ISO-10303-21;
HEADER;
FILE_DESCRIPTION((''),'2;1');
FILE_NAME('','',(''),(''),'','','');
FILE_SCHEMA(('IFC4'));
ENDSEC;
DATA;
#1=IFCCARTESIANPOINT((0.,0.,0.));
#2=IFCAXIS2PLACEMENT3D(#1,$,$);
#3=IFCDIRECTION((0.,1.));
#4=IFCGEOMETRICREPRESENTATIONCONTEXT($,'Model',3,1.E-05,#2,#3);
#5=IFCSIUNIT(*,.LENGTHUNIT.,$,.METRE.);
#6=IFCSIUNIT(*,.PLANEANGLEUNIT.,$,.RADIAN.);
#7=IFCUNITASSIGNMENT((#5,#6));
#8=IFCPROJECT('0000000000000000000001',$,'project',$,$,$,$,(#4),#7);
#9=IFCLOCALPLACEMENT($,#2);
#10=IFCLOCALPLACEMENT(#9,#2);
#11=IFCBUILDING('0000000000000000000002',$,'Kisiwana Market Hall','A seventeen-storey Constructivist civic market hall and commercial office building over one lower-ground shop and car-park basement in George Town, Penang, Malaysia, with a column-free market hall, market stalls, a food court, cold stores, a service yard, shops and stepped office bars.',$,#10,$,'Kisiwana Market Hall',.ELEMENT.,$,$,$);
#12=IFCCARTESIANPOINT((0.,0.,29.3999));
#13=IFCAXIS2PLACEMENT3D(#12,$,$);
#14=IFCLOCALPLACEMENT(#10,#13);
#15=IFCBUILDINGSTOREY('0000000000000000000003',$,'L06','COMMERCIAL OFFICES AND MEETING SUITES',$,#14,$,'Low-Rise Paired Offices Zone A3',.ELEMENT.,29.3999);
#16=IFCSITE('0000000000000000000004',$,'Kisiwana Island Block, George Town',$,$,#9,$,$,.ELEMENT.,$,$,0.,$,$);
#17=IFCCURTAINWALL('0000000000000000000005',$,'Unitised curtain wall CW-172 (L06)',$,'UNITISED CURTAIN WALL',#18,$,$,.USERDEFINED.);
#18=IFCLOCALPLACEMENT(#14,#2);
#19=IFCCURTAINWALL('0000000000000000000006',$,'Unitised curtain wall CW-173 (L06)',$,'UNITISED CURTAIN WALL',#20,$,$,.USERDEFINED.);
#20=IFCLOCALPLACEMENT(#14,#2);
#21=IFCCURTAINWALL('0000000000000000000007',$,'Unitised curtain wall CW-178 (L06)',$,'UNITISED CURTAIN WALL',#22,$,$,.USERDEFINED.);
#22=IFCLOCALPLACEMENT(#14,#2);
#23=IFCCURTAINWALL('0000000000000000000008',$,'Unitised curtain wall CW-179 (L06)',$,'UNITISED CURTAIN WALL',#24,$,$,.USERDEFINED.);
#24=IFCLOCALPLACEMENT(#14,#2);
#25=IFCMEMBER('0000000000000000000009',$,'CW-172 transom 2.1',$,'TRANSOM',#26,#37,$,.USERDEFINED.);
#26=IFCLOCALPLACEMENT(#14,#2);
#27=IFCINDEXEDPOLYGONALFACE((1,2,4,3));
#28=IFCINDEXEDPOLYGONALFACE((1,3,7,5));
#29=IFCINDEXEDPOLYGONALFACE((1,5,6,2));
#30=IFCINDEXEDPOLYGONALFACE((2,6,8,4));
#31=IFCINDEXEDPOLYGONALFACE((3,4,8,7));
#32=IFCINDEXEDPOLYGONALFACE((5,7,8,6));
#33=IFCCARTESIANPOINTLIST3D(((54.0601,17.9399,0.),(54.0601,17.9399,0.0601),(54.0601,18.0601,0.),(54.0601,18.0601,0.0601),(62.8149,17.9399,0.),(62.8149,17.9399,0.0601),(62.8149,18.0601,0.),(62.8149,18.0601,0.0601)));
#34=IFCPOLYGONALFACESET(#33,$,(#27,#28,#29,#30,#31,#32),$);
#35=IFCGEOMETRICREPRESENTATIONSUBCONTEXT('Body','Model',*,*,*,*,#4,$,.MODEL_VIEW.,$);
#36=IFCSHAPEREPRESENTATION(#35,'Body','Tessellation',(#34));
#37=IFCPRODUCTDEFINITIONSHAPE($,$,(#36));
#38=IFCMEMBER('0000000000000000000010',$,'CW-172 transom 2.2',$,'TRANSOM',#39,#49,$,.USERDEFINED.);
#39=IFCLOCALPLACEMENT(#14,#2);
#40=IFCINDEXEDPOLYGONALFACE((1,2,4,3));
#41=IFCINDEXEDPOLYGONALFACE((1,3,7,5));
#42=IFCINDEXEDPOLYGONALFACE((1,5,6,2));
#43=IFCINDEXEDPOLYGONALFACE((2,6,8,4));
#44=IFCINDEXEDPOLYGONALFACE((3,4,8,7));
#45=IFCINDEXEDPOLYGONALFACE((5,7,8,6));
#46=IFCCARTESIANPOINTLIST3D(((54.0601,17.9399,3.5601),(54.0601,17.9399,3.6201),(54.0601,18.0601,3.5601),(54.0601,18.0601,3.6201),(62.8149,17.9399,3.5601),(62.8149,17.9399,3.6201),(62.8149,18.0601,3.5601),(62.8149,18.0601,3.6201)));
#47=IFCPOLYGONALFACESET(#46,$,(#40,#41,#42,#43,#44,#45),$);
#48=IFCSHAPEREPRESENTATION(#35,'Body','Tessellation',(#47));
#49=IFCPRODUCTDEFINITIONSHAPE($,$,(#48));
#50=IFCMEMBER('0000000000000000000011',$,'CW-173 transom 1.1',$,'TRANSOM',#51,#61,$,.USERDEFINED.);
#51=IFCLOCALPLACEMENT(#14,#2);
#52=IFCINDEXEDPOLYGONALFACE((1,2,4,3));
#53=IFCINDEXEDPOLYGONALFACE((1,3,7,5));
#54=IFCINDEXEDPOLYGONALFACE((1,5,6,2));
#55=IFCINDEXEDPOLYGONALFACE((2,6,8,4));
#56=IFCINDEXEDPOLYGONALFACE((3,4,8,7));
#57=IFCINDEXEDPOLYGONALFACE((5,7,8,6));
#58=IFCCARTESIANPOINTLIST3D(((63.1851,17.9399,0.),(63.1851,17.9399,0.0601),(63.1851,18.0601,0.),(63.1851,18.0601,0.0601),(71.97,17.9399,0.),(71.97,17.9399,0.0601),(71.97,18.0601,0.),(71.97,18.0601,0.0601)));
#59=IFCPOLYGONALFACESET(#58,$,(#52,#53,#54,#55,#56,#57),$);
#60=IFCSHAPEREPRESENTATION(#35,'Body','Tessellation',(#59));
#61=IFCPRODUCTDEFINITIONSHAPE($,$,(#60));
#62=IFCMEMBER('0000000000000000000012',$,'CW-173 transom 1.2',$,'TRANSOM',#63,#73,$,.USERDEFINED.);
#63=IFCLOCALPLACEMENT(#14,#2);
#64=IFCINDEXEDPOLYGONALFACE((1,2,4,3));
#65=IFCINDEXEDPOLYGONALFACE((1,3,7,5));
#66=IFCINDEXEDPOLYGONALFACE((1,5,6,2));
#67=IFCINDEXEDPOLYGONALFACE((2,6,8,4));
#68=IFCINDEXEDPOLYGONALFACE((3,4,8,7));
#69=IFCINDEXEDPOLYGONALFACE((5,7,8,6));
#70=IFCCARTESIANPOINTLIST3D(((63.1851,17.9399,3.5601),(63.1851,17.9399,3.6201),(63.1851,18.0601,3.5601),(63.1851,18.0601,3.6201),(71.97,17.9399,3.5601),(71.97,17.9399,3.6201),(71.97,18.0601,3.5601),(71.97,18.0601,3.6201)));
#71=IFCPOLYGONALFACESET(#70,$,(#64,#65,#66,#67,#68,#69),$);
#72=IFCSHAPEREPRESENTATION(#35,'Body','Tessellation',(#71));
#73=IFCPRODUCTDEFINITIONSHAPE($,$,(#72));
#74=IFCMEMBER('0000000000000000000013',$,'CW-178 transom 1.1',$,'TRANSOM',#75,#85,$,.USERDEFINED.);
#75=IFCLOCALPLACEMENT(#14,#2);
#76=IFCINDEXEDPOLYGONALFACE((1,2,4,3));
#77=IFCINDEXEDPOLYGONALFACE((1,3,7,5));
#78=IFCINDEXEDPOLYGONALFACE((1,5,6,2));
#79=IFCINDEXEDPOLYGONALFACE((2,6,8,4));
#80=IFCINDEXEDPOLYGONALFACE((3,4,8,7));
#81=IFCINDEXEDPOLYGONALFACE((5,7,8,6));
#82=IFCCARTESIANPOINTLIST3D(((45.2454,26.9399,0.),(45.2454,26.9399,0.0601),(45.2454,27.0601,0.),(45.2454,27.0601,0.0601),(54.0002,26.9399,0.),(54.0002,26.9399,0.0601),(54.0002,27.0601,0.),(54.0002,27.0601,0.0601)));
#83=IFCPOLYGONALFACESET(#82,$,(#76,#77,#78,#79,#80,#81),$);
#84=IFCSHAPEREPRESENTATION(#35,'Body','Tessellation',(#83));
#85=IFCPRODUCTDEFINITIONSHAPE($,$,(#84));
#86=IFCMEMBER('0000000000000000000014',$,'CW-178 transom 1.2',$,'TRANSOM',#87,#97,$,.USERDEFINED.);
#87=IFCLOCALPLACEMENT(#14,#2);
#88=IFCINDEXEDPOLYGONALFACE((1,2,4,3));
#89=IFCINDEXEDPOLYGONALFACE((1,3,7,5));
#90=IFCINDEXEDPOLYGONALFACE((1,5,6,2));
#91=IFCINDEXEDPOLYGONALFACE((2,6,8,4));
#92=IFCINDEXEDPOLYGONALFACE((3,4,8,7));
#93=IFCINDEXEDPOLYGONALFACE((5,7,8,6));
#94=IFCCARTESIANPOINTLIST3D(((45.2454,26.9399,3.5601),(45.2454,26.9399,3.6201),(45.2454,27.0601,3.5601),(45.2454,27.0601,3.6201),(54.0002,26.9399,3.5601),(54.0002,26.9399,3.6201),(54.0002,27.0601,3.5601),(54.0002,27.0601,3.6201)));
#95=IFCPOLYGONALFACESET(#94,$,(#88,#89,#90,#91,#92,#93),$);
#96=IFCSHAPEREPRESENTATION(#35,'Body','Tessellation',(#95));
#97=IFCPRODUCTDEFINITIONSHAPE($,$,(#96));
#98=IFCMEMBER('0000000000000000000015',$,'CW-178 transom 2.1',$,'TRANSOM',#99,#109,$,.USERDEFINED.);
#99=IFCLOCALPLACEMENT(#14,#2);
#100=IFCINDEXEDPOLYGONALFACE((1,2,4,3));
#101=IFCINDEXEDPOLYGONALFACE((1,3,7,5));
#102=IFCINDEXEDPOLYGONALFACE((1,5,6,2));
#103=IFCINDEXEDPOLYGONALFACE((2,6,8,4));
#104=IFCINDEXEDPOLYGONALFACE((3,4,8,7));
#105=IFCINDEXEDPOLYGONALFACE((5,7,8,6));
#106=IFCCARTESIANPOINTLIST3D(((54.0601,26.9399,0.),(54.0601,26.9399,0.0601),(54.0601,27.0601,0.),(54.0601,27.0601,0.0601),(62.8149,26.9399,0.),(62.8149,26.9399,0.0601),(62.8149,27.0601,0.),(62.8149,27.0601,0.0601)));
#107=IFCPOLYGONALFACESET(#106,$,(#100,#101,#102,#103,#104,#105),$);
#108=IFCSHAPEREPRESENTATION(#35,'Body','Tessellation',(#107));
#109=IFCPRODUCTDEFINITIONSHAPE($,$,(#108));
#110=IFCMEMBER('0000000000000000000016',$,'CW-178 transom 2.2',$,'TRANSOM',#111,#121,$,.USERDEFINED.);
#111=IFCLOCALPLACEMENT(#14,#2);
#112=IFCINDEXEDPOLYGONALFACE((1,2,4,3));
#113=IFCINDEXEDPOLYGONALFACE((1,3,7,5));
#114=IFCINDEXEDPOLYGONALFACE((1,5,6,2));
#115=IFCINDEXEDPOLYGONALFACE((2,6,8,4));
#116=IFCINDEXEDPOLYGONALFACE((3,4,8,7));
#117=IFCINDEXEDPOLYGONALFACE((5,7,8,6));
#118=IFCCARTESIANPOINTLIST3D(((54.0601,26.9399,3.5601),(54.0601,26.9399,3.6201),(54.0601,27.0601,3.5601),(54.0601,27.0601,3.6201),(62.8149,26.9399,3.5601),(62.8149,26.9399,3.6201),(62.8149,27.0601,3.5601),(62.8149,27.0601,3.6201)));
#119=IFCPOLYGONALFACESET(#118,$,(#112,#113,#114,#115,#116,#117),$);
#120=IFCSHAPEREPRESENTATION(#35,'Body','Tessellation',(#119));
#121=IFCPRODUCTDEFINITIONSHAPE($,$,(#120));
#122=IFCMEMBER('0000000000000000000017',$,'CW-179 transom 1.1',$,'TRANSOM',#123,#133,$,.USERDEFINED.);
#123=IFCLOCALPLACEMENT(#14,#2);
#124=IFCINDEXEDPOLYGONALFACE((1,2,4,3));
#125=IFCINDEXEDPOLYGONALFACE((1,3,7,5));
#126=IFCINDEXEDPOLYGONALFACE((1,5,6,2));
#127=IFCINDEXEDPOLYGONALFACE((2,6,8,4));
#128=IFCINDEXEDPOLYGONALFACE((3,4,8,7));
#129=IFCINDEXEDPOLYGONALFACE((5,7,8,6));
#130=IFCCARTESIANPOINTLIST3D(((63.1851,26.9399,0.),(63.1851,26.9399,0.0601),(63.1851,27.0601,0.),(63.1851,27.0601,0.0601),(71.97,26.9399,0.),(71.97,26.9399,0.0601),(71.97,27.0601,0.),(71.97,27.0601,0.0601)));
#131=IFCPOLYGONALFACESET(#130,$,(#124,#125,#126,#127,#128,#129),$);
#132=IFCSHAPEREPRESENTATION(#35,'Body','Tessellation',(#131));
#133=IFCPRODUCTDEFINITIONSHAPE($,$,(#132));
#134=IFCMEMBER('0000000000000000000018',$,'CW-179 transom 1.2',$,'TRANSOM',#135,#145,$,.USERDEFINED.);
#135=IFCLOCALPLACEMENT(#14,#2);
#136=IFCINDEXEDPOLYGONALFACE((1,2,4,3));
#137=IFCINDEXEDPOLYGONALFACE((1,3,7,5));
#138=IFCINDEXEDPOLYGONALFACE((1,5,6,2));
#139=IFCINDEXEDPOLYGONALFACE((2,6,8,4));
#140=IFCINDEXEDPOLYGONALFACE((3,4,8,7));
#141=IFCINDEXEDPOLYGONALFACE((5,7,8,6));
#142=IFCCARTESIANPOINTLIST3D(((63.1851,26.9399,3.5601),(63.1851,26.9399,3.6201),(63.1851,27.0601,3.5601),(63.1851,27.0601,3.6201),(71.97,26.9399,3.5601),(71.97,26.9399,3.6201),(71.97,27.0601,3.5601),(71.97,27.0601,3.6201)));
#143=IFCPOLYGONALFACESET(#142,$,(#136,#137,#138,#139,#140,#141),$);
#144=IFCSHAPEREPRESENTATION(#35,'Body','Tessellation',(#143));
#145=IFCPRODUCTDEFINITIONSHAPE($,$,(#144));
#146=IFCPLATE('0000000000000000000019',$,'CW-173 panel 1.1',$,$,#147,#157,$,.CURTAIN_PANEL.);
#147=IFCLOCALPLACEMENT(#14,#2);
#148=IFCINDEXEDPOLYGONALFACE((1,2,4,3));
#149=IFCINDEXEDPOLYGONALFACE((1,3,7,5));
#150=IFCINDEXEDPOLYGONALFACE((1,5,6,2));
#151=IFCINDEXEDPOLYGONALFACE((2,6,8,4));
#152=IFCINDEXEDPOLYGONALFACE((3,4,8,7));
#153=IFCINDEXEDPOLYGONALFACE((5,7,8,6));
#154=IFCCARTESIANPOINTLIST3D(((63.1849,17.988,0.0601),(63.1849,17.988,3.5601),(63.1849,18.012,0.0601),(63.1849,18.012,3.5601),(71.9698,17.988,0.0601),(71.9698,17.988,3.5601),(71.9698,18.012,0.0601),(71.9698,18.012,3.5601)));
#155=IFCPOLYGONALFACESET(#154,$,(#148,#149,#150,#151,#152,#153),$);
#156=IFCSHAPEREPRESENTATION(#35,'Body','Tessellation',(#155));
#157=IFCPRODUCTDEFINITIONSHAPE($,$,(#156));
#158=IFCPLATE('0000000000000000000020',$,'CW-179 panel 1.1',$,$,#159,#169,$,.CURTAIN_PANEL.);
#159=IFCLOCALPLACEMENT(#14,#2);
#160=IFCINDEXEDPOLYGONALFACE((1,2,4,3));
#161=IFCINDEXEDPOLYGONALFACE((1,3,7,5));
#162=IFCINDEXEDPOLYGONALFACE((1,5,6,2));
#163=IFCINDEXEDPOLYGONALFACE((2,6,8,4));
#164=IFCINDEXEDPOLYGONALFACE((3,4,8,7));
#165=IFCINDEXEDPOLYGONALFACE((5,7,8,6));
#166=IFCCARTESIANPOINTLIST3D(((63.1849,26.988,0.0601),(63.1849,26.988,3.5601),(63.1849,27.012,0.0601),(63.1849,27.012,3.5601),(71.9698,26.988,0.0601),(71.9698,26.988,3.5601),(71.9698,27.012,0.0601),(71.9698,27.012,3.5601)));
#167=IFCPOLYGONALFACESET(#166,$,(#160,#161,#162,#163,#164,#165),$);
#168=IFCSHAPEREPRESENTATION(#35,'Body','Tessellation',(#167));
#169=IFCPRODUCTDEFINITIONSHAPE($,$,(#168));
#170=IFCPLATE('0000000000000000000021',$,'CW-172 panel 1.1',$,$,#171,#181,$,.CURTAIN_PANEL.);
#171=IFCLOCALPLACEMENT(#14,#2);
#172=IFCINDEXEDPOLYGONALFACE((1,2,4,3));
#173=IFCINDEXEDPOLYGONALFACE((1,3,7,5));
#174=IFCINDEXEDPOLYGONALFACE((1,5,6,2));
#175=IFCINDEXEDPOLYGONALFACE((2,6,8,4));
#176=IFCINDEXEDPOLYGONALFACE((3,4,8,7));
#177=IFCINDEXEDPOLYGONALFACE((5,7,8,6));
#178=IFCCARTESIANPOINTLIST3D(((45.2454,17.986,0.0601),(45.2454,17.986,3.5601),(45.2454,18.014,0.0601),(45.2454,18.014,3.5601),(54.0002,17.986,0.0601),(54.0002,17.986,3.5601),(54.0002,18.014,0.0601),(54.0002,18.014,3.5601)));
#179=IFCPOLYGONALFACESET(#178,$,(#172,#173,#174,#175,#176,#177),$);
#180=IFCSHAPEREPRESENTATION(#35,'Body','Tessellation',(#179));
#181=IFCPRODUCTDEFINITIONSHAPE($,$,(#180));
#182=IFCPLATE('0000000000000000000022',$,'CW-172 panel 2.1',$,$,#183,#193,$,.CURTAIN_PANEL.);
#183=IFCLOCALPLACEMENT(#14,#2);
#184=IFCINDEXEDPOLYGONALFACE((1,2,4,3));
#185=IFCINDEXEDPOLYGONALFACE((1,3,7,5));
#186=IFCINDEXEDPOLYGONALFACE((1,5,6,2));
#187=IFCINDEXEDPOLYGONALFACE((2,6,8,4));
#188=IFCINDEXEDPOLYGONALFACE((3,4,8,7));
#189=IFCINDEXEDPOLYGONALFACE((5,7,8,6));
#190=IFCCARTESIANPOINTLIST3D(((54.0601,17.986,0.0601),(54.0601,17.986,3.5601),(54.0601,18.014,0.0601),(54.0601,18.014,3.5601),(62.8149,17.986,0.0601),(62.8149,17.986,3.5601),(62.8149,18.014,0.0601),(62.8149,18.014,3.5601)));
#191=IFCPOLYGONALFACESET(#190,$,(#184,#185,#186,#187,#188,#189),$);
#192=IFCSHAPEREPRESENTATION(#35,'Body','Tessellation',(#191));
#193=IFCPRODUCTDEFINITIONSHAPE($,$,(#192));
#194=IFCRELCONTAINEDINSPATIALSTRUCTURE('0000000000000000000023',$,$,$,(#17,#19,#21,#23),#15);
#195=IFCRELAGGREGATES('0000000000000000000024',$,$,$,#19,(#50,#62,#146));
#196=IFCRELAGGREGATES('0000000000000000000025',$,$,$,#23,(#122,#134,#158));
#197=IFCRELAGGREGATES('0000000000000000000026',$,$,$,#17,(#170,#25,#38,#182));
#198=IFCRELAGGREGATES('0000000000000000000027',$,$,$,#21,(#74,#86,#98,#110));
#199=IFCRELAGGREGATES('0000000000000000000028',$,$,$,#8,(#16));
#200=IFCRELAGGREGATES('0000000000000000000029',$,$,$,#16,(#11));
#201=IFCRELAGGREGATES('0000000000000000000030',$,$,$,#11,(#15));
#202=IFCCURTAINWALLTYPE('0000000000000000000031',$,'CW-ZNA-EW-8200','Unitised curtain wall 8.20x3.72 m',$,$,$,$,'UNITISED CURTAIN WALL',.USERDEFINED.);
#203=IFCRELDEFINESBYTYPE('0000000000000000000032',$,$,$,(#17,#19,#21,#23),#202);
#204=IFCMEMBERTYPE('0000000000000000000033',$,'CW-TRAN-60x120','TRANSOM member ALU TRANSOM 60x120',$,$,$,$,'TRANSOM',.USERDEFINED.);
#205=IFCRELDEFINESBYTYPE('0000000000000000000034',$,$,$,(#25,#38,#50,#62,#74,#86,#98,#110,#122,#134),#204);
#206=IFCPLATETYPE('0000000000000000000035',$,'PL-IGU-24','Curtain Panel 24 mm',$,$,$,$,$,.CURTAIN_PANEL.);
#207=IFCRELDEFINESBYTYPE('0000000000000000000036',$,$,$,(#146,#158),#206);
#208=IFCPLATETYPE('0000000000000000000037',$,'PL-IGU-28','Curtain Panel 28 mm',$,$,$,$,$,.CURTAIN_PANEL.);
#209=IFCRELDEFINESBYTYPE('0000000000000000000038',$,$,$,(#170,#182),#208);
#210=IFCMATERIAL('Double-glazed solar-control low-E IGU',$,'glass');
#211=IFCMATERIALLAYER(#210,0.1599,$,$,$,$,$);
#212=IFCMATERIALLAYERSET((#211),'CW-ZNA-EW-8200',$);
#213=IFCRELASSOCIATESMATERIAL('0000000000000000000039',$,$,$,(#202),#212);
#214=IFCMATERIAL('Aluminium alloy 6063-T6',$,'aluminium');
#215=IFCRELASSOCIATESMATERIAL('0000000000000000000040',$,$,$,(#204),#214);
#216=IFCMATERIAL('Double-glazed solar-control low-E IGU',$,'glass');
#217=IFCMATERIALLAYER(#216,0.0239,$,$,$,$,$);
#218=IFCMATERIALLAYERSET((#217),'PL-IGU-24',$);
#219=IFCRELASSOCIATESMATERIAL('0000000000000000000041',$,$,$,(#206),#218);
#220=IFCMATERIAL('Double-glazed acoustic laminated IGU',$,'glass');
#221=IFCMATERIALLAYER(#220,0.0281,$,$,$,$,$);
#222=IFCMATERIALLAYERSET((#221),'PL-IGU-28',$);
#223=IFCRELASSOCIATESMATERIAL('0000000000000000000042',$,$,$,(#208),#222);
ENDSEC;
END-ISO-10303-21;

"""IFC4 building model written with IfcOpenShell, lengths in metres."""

from ifc_helpers import new_model, si_unit, direction, frame, origin, origin_2d, place, context, subcontext, project, spatial, rectangle, extrude, material, layer, layer_set, material_profile, profile_set, type_object, element, aggregate, save


model = new_model("IFC4")

# Units and contexts
model_context = context("Model", 3, precision=1e-05, world=origin(), true_north=direction((0.0, 1.0)))
body_context = subcontext(model_context, "Body", "Model", "MODEL_VIEW")
ifc_project = project(units=[si_unit("LENGTHUNIT", "METRE"), si_unit("PLANEANGLEUNIT", "RADIAN")], contexts=[model_context])

# Site, building, storey
site_placement = place(None, origin())
site = spatial("IfcSite", under=ifc_project, at=site_placement, Name="Kisiwana Island Block, George Town", CompositionType="ELEMENT", RefElevation=0.0)
building_placement = place(site_placement, origin())
building = spatial("IfcBuilding", under=site, at=building_placement, Name="Kisiwana Market Hall", Description="A seventeen-storey Constructivist civic market hall and commercial office building over one lower-ground shop and car-park basement in George Town, Penang, Malaysia, with a column-free market hall, market stalls, a food court, cold stores, a service yard, shops and stepped office bars.", LongName="Kisiwana Market Hall", CompositionType="ELEMENT")
storey_placement = place(building_placement, frame((0.0, 0.0, 29.3999)))
storey = spatial("IfcBuildingStorey", under=building, at=storey_placement, Name="L06", Description="COMMERCIAL OFFICES AND MEETING SUITES", LongName="Low-Rise Paired Offices Zone A3", CompositionType="ELEMENT", Elevation=29.3999)

# Curtain wall
ifc_material_1 = material(Name="Double-glazed solar-control low-E IGU", Category="glass")
ifc_layer_1 = layer(ifc_material_1, 0.1599)
ifc_layer_set_1 = layer_set([ifc_layer_1], Name="CW-ZNA-EW-8200")
curtain_wall_type = type_object("IfcCurtainWallType", Name="CW-ZNA-EW-8200", Description="Unitised curtain wall 8.20x3.72 m", ElementType="UNITISED CURTAIN WALL", PredefinedType="USERDEFINED", material=ifc_layer_set_1)
curtain_wall_1_placement = place(storey_placement, origin())
curtain_wall_1 = element("IfcCurtainWall", 1, at=curtain_wall_1_placement, inside=storey, type_object=curtain_wall_type, Name="Unitised curtain wall CW-172 (L06)", ObjectType="UNITISED CURTAIN WALL", PredefinedType="USERDEFINED")

# Curtain wall
curtain_wall_2_placement = place(storey_placement, origin())
curtain_wall_2 = element("IfcCurtainWall", 2, at=curtain_wall_2_placement, inside=storey, type_object=curtain_wall_type, Name="Unitised curtain wall CW-173 (L06)", ObjectType="UNITISED CURTAIN WALL", PredefinedType="USERDEFINED")

# Curtain wall
curtain_wall_3_placement = place(storey_placement, origin())
curtain_wall_3 = element("IfcCurtainWall", 3, at=curtain_wall_3_placement, inside=storey, type_object=curtain_wall_type, Name="Unitised curtain wall CW-178 (L06)", ObjectType="UNITISED CURTAIN WALL", PredefinedType="USERDEFINED")

# Curtain wall
curtain_wall_4_placement = place(storey_placement, origin())
curtain_wall_4 = element("IfcCurtainWall", 4, at=curtain_wall_4_placement, inside=storey, type_object=curtain_wall_type, Name="Unitised curtain wall CW-179 (L06)", ObjectType="UNITISED CURTAIN WALL", PredefinedType="USERDEFINED")

# Members
ifc_material_2 = material(Name="Aluminium alloy 6063-T6", Category="aluminium")
ifc_material_profile_1 = material_profile(ifc_material_2, rectangle(XDim=0.1201, YDim=0.0601, at=origin_2d()), Name="ALU TRANSOM 60x120")
ifc_profile_set_1 = profile_set([ifc_material_profile_1], Name="Aluminium alloy 6063-T6")
member_type_1 = type_object("IfcMemberType", Name="CW-TRAN-60x120", Description="TRANSOM member ALU TRANSOM 60x120", ElementType="TRANSOM", PredefinedType="USERDEFINED", material=ifc_profile_set_1)
member_1_placement = place(storey_placement, frame((54.0601, 18.0, 0.03), z_axis=(1.0, 0.0, 0.0), x_axis=(0.0, 1.0, 0.0)))
member_1 = element("IfcMember", 5, at=member_1_placement, type_object=member_type_1, Name="CW-172 transom 2.1", ObjectType="TRANSOM", PredefinedType="USERDEFINED", context=body_context, shape_type="SweptSolid", body=[
    extrude(rectangle(XDim=0.1201, YDim=0.0601, at=origin_2d()), origin(), (0.0, 0.0, 1.0), 8.7549),
])
member_2_placement = place(storey_placement, frame((54.0601, 18.0, 3.5901), z_axis=(1.0, 0.0, 0.0), x_axis=(0.0, 1.0, 0.0)))
member_2 = element("IfcMember", 6, at=member_2_placement, type_object=member_type_1, Name="CW-172 transom 2.2", ObjectType="TRANSOM", PredefinedType="USERDEFINED", context=body_context, shape_type="SweptSolid", body=[
    extrude(rectangle(XDim=0.1201, YDim=0.0601, at=origin_2d()), origin(), (0.0, 0.0, 1.0), 8.7549),
])
member_3_placement = place(storey_placement, frame((63.1851, 18.0, 0.03), z_axis=(1.0, 0.0, 0.0), x_axis=(0.0, 1.0, 0.0)))
member_3 = element("IfcMember", 7, at=member_3_placement, type_object=member_type_1, Name="CW-173 transom 1.1", ObjectType="TRANSOM", PredefinedType="USERDEFINED", context=body_context, shape_type="SweptSolid", body=[
    extrude(rectangle(XDim=0.1201, YDim=0.0601, at=origin_2d()), origin(), (0.0, 0.0, 1.0), 8.7849),
])
member_4_placement = place(storey_placement, frame((63.1851, 18.0, 3.5901), z_axis=(1.0, 0.0, 0.0), x_axis=(0.0, 1.0, 0.0)))
member_4 = element("IfcMember", 8, at=member_4_placement, type_object=member_type_1, Name="CW-173 transom 1.2", ObjectType="TRANSOM", PredefinedType="USERDEFINED", context=body_context, shape_type="SweptSolid", body=[
    extrude(rectangle(XDim=0.1201, YDim=0.0601, at=origin_2d()), origin(), (0.0, 0.0, 1.0), 8.7849),
])
member_5_placement = place(storey_placement, frame((45.2454, 27.0, 0.03), z_axis=(1.0, 0.0, 0.0), x_axis=(0.0, 1.0, 0.0)))
member_5 = element("IfcMember", 9, at=member_5_placement, type_object=member_type_1, Name="CW-178 transom 1.1", ObjectType="TRANSOM", PredefinedType="USERDEFINED", context=body_context, shape_type="SweptSolid", body=[
    extrude(rectangle(XDim=0.1201, YDim=0.0601, at=origin_2d()), origin(), (0.0, 0.0, 1.0), 8.7549),
])
member_6_placement = place(storey_placement, frame((45.2454, 27.0, 3.5901), z_axis=(1.0, 0.0, 0.0), x_axis=(0.0, 1.0, 0.0)))
member_6 = element("IfcMember", 10, at=member_6_placement, type_object=member_type_1, Name="CW-178 transom 1.2", ObjectType="TRANSOM", PredefinedType="USERDEFINED", context=body_context, shape_type="SweptSolid", body=[
    extrude(rectangle(XDim=0.1201, YDim=0.0601, at=origin_2d()), origin(), (0.0, 0.0, 1.0), 8.7549),
])
member_7_placement = place(storey_placement, frame((54.0601, 27.0, 0.03), z_axis=(1.0, 0.0, 0.0), x_axis=(0.0, 1.0, 0.0)))
member_7 = element("IfcMember", 11, at=member_7_placement, type_object=member_type_1, Name="CW-178 transom 2.1", ObjectType="TRANSOM", PredefinedType="USERDEFINED", context=body_context, shape_type="SweptSolid", body=[
    extrude(rectangle(XDim=0.1201, YDim=0.0601, at=origin_2d()), origin(), (0.0, 0.0, 1.0), 8.7549),
])
member_8_placement = place(storey_placement, frame((54.0601, 27.0, 3.5901), z_axis=(1.0, 0.0, 0.0), x_axis=(0.0, 1.0, 0.0)))
member_8 = element("IfcMember", 12, at=member_8_placement, type_object=member_type_1, Name="CW-178 transom 2.2", ObjectType="TRANSOM", PredefinedType="USERDEFINED", context=body_context, shape_type="SweptSolid", body=[
    extrude(rectangle(XDim=0.1201, YDim=0.0601, at=origin_2d()), origin(), (0.0, 0.0, 1.0), 8.7549),
])
member_9_placement = place(storey_placement, frame((63.1851, 27.0, 0.03), z_axis=(1.0, 0.0, 0.0), x_axis=(0.0, 1.0, 0.0)))
member_9 = element("IfcMember", 13, at=member_9_placement, type_object=member_type_1, Name="CW-179 transom 1.1", ObjectType="TRANSOM", PredefinedType="USERDEFINED", context=body_context, shape_type="SweptSolid", body=[
    extrude(rectangle(XDim=0.1201, YDim=0.0601, at=origin_2d()), origin(), (0.0, 0.0, 1.0), 8.7849),
])
member_10_placement = place(storey_placement, frame((63.1851, 27.0, 3.5901), z_axis=(1.0, 0.0, 0.0), x_axis=(0.0, 1.0, 0.0)))
member_10 = element("IfcMember", 14, at=member_10_placement, type_object=member_type_1, Name="CW-179 transom 1.2", ObjectType="TRANSOM", PredefinedType="USERDEFINED", context=body_context, shape_type="SweptSolid", body=[
    extrude(rectangle(XDim=0.1201, YDim=0.0601, at=origin_2d()), origin(), (0.0, 0.0, 1.0), 8.7849),
])

# Plates
ifc_material_3 = material(Name="Double-glazed solar-control low-E IGU", Category="glass")
ifc_layer_2 = layer(ifc_material_3, 0.0239)
ifc_layer_set_2 = layer_set([ifc_layer_2], Name="PL-IGU-24")
plate_type_1 = type_object("IfcPlateType", Name="PL-IGU-24", Description="Curtain Panel 24 mm", PredefinedType="CURTAIN_PANEL", material=ifc_layer_set_2)
plate_1_placement = place(storey_placement, frame((67.5774, 18.0, 0.0601), z_axis=(0.0, 0.0, 1.0), x_axis=(1.0, 0.0, 0.0)))
plate_1 = element("IfcPlate", 15, at=plate_1_placement, type_object=plate_type_1, Name="CW-173 panel 1.1", PredefinedType="CURTAIN_PANEL", context=body_context, shape_type="SweptSolid", body=[
    extrude(rectangle(XDim=8.7849, YDim=0.0239, at=origin_2d()), origin(), (0.0, 0.0, 1.0), 3.5),
])
aggregate(curtain_wall_2, [member_3, member_4, plate_1])
plate_2_placement = place(storey_placement, frame((67.5774, 27.0, 0.0601), z_axis=(0.0, 0.0, 1.0), x_axis=(1.0, 0.0, 0.0)))
plate_2 = element("IfcPlate", 16, at=plate_2_placement, type_object=plate_type_1, Name="CW-179 panel 1.1", PredefinedType="CURTAIN_PANEL", context=body_context, shape_type="SweptSolid", body=[
    extrude(rectangle(XDim=8.7849, YDim=0.0239, at=origin_2d()), origin(), (0.0, 0.0, 1.0), 3.5),
])
aggregate(curtain_wall_4, [member_9, member_10, plate_2])
ifc_material_4 = material(Name="Double-glazed acoustic laminated IGU", Category="glass")
ifc_layer_3 = layer(ifc_material_4, 0.0281)
ifc_layer_set_3 = layer_set([ifc_layer_3], Name="PL-IGU-28")
plate_type_2 = type_object("IfcPlateType", Name="PL-IGU-28", Description="Curtain Panel 28 mm", PredefinedType="CURTAIN_PANEL", material=ifc_layer_set_3)
plate_3_placement = place(storey_placement, frame((49.6228, 18.0, 0.0601), z_axis=(0.0, 0.0, 1.0), x_axis=(1.0, 0.0, 0.0)))
plate_3 = element("IfcPlate", 17, at=plate_3_placement, type_object=plate_type_2, Name="CW-172 panel 1.1", PredefinedType="CURTAIN_PANEL", context=body_context, shape_type="SweptSolid", body=[
    extrude(rectangle(XDim=8.7549, YDim=0.0281, at=origin_2d()), origin(), (0.0, 0.0, 1.0), 3.5),
])
plate_4_placement = place(storey_placement, frame((58.4375, 18.0, 0.0601), z_axis=(0.0, 0.0, 1.0), x_axis=(1.0, 0.0, 0.0)))
plate_4 = element("IfcPlate", 18, at=plate_4_placement, type_object=plate_type_2, Name="CW-172 panel 2.1", PredefinedType="CURTAIN_PANEL", context=body_context, shape_type="SweptSolid", body=[
    extrude(rectangle(XDim=8.7549, YDim=0.0281, at=origin_2d()), origin(), (0.0, 0.0, 1.0), 3.5),
])
aggregate(curtain_wall_1, [plate_3, member_1, member_2, plate_4])
aggregate(curtain_wall_3, [member_5, member_6, member_7, member_8])

save(model, "model.ifc")
